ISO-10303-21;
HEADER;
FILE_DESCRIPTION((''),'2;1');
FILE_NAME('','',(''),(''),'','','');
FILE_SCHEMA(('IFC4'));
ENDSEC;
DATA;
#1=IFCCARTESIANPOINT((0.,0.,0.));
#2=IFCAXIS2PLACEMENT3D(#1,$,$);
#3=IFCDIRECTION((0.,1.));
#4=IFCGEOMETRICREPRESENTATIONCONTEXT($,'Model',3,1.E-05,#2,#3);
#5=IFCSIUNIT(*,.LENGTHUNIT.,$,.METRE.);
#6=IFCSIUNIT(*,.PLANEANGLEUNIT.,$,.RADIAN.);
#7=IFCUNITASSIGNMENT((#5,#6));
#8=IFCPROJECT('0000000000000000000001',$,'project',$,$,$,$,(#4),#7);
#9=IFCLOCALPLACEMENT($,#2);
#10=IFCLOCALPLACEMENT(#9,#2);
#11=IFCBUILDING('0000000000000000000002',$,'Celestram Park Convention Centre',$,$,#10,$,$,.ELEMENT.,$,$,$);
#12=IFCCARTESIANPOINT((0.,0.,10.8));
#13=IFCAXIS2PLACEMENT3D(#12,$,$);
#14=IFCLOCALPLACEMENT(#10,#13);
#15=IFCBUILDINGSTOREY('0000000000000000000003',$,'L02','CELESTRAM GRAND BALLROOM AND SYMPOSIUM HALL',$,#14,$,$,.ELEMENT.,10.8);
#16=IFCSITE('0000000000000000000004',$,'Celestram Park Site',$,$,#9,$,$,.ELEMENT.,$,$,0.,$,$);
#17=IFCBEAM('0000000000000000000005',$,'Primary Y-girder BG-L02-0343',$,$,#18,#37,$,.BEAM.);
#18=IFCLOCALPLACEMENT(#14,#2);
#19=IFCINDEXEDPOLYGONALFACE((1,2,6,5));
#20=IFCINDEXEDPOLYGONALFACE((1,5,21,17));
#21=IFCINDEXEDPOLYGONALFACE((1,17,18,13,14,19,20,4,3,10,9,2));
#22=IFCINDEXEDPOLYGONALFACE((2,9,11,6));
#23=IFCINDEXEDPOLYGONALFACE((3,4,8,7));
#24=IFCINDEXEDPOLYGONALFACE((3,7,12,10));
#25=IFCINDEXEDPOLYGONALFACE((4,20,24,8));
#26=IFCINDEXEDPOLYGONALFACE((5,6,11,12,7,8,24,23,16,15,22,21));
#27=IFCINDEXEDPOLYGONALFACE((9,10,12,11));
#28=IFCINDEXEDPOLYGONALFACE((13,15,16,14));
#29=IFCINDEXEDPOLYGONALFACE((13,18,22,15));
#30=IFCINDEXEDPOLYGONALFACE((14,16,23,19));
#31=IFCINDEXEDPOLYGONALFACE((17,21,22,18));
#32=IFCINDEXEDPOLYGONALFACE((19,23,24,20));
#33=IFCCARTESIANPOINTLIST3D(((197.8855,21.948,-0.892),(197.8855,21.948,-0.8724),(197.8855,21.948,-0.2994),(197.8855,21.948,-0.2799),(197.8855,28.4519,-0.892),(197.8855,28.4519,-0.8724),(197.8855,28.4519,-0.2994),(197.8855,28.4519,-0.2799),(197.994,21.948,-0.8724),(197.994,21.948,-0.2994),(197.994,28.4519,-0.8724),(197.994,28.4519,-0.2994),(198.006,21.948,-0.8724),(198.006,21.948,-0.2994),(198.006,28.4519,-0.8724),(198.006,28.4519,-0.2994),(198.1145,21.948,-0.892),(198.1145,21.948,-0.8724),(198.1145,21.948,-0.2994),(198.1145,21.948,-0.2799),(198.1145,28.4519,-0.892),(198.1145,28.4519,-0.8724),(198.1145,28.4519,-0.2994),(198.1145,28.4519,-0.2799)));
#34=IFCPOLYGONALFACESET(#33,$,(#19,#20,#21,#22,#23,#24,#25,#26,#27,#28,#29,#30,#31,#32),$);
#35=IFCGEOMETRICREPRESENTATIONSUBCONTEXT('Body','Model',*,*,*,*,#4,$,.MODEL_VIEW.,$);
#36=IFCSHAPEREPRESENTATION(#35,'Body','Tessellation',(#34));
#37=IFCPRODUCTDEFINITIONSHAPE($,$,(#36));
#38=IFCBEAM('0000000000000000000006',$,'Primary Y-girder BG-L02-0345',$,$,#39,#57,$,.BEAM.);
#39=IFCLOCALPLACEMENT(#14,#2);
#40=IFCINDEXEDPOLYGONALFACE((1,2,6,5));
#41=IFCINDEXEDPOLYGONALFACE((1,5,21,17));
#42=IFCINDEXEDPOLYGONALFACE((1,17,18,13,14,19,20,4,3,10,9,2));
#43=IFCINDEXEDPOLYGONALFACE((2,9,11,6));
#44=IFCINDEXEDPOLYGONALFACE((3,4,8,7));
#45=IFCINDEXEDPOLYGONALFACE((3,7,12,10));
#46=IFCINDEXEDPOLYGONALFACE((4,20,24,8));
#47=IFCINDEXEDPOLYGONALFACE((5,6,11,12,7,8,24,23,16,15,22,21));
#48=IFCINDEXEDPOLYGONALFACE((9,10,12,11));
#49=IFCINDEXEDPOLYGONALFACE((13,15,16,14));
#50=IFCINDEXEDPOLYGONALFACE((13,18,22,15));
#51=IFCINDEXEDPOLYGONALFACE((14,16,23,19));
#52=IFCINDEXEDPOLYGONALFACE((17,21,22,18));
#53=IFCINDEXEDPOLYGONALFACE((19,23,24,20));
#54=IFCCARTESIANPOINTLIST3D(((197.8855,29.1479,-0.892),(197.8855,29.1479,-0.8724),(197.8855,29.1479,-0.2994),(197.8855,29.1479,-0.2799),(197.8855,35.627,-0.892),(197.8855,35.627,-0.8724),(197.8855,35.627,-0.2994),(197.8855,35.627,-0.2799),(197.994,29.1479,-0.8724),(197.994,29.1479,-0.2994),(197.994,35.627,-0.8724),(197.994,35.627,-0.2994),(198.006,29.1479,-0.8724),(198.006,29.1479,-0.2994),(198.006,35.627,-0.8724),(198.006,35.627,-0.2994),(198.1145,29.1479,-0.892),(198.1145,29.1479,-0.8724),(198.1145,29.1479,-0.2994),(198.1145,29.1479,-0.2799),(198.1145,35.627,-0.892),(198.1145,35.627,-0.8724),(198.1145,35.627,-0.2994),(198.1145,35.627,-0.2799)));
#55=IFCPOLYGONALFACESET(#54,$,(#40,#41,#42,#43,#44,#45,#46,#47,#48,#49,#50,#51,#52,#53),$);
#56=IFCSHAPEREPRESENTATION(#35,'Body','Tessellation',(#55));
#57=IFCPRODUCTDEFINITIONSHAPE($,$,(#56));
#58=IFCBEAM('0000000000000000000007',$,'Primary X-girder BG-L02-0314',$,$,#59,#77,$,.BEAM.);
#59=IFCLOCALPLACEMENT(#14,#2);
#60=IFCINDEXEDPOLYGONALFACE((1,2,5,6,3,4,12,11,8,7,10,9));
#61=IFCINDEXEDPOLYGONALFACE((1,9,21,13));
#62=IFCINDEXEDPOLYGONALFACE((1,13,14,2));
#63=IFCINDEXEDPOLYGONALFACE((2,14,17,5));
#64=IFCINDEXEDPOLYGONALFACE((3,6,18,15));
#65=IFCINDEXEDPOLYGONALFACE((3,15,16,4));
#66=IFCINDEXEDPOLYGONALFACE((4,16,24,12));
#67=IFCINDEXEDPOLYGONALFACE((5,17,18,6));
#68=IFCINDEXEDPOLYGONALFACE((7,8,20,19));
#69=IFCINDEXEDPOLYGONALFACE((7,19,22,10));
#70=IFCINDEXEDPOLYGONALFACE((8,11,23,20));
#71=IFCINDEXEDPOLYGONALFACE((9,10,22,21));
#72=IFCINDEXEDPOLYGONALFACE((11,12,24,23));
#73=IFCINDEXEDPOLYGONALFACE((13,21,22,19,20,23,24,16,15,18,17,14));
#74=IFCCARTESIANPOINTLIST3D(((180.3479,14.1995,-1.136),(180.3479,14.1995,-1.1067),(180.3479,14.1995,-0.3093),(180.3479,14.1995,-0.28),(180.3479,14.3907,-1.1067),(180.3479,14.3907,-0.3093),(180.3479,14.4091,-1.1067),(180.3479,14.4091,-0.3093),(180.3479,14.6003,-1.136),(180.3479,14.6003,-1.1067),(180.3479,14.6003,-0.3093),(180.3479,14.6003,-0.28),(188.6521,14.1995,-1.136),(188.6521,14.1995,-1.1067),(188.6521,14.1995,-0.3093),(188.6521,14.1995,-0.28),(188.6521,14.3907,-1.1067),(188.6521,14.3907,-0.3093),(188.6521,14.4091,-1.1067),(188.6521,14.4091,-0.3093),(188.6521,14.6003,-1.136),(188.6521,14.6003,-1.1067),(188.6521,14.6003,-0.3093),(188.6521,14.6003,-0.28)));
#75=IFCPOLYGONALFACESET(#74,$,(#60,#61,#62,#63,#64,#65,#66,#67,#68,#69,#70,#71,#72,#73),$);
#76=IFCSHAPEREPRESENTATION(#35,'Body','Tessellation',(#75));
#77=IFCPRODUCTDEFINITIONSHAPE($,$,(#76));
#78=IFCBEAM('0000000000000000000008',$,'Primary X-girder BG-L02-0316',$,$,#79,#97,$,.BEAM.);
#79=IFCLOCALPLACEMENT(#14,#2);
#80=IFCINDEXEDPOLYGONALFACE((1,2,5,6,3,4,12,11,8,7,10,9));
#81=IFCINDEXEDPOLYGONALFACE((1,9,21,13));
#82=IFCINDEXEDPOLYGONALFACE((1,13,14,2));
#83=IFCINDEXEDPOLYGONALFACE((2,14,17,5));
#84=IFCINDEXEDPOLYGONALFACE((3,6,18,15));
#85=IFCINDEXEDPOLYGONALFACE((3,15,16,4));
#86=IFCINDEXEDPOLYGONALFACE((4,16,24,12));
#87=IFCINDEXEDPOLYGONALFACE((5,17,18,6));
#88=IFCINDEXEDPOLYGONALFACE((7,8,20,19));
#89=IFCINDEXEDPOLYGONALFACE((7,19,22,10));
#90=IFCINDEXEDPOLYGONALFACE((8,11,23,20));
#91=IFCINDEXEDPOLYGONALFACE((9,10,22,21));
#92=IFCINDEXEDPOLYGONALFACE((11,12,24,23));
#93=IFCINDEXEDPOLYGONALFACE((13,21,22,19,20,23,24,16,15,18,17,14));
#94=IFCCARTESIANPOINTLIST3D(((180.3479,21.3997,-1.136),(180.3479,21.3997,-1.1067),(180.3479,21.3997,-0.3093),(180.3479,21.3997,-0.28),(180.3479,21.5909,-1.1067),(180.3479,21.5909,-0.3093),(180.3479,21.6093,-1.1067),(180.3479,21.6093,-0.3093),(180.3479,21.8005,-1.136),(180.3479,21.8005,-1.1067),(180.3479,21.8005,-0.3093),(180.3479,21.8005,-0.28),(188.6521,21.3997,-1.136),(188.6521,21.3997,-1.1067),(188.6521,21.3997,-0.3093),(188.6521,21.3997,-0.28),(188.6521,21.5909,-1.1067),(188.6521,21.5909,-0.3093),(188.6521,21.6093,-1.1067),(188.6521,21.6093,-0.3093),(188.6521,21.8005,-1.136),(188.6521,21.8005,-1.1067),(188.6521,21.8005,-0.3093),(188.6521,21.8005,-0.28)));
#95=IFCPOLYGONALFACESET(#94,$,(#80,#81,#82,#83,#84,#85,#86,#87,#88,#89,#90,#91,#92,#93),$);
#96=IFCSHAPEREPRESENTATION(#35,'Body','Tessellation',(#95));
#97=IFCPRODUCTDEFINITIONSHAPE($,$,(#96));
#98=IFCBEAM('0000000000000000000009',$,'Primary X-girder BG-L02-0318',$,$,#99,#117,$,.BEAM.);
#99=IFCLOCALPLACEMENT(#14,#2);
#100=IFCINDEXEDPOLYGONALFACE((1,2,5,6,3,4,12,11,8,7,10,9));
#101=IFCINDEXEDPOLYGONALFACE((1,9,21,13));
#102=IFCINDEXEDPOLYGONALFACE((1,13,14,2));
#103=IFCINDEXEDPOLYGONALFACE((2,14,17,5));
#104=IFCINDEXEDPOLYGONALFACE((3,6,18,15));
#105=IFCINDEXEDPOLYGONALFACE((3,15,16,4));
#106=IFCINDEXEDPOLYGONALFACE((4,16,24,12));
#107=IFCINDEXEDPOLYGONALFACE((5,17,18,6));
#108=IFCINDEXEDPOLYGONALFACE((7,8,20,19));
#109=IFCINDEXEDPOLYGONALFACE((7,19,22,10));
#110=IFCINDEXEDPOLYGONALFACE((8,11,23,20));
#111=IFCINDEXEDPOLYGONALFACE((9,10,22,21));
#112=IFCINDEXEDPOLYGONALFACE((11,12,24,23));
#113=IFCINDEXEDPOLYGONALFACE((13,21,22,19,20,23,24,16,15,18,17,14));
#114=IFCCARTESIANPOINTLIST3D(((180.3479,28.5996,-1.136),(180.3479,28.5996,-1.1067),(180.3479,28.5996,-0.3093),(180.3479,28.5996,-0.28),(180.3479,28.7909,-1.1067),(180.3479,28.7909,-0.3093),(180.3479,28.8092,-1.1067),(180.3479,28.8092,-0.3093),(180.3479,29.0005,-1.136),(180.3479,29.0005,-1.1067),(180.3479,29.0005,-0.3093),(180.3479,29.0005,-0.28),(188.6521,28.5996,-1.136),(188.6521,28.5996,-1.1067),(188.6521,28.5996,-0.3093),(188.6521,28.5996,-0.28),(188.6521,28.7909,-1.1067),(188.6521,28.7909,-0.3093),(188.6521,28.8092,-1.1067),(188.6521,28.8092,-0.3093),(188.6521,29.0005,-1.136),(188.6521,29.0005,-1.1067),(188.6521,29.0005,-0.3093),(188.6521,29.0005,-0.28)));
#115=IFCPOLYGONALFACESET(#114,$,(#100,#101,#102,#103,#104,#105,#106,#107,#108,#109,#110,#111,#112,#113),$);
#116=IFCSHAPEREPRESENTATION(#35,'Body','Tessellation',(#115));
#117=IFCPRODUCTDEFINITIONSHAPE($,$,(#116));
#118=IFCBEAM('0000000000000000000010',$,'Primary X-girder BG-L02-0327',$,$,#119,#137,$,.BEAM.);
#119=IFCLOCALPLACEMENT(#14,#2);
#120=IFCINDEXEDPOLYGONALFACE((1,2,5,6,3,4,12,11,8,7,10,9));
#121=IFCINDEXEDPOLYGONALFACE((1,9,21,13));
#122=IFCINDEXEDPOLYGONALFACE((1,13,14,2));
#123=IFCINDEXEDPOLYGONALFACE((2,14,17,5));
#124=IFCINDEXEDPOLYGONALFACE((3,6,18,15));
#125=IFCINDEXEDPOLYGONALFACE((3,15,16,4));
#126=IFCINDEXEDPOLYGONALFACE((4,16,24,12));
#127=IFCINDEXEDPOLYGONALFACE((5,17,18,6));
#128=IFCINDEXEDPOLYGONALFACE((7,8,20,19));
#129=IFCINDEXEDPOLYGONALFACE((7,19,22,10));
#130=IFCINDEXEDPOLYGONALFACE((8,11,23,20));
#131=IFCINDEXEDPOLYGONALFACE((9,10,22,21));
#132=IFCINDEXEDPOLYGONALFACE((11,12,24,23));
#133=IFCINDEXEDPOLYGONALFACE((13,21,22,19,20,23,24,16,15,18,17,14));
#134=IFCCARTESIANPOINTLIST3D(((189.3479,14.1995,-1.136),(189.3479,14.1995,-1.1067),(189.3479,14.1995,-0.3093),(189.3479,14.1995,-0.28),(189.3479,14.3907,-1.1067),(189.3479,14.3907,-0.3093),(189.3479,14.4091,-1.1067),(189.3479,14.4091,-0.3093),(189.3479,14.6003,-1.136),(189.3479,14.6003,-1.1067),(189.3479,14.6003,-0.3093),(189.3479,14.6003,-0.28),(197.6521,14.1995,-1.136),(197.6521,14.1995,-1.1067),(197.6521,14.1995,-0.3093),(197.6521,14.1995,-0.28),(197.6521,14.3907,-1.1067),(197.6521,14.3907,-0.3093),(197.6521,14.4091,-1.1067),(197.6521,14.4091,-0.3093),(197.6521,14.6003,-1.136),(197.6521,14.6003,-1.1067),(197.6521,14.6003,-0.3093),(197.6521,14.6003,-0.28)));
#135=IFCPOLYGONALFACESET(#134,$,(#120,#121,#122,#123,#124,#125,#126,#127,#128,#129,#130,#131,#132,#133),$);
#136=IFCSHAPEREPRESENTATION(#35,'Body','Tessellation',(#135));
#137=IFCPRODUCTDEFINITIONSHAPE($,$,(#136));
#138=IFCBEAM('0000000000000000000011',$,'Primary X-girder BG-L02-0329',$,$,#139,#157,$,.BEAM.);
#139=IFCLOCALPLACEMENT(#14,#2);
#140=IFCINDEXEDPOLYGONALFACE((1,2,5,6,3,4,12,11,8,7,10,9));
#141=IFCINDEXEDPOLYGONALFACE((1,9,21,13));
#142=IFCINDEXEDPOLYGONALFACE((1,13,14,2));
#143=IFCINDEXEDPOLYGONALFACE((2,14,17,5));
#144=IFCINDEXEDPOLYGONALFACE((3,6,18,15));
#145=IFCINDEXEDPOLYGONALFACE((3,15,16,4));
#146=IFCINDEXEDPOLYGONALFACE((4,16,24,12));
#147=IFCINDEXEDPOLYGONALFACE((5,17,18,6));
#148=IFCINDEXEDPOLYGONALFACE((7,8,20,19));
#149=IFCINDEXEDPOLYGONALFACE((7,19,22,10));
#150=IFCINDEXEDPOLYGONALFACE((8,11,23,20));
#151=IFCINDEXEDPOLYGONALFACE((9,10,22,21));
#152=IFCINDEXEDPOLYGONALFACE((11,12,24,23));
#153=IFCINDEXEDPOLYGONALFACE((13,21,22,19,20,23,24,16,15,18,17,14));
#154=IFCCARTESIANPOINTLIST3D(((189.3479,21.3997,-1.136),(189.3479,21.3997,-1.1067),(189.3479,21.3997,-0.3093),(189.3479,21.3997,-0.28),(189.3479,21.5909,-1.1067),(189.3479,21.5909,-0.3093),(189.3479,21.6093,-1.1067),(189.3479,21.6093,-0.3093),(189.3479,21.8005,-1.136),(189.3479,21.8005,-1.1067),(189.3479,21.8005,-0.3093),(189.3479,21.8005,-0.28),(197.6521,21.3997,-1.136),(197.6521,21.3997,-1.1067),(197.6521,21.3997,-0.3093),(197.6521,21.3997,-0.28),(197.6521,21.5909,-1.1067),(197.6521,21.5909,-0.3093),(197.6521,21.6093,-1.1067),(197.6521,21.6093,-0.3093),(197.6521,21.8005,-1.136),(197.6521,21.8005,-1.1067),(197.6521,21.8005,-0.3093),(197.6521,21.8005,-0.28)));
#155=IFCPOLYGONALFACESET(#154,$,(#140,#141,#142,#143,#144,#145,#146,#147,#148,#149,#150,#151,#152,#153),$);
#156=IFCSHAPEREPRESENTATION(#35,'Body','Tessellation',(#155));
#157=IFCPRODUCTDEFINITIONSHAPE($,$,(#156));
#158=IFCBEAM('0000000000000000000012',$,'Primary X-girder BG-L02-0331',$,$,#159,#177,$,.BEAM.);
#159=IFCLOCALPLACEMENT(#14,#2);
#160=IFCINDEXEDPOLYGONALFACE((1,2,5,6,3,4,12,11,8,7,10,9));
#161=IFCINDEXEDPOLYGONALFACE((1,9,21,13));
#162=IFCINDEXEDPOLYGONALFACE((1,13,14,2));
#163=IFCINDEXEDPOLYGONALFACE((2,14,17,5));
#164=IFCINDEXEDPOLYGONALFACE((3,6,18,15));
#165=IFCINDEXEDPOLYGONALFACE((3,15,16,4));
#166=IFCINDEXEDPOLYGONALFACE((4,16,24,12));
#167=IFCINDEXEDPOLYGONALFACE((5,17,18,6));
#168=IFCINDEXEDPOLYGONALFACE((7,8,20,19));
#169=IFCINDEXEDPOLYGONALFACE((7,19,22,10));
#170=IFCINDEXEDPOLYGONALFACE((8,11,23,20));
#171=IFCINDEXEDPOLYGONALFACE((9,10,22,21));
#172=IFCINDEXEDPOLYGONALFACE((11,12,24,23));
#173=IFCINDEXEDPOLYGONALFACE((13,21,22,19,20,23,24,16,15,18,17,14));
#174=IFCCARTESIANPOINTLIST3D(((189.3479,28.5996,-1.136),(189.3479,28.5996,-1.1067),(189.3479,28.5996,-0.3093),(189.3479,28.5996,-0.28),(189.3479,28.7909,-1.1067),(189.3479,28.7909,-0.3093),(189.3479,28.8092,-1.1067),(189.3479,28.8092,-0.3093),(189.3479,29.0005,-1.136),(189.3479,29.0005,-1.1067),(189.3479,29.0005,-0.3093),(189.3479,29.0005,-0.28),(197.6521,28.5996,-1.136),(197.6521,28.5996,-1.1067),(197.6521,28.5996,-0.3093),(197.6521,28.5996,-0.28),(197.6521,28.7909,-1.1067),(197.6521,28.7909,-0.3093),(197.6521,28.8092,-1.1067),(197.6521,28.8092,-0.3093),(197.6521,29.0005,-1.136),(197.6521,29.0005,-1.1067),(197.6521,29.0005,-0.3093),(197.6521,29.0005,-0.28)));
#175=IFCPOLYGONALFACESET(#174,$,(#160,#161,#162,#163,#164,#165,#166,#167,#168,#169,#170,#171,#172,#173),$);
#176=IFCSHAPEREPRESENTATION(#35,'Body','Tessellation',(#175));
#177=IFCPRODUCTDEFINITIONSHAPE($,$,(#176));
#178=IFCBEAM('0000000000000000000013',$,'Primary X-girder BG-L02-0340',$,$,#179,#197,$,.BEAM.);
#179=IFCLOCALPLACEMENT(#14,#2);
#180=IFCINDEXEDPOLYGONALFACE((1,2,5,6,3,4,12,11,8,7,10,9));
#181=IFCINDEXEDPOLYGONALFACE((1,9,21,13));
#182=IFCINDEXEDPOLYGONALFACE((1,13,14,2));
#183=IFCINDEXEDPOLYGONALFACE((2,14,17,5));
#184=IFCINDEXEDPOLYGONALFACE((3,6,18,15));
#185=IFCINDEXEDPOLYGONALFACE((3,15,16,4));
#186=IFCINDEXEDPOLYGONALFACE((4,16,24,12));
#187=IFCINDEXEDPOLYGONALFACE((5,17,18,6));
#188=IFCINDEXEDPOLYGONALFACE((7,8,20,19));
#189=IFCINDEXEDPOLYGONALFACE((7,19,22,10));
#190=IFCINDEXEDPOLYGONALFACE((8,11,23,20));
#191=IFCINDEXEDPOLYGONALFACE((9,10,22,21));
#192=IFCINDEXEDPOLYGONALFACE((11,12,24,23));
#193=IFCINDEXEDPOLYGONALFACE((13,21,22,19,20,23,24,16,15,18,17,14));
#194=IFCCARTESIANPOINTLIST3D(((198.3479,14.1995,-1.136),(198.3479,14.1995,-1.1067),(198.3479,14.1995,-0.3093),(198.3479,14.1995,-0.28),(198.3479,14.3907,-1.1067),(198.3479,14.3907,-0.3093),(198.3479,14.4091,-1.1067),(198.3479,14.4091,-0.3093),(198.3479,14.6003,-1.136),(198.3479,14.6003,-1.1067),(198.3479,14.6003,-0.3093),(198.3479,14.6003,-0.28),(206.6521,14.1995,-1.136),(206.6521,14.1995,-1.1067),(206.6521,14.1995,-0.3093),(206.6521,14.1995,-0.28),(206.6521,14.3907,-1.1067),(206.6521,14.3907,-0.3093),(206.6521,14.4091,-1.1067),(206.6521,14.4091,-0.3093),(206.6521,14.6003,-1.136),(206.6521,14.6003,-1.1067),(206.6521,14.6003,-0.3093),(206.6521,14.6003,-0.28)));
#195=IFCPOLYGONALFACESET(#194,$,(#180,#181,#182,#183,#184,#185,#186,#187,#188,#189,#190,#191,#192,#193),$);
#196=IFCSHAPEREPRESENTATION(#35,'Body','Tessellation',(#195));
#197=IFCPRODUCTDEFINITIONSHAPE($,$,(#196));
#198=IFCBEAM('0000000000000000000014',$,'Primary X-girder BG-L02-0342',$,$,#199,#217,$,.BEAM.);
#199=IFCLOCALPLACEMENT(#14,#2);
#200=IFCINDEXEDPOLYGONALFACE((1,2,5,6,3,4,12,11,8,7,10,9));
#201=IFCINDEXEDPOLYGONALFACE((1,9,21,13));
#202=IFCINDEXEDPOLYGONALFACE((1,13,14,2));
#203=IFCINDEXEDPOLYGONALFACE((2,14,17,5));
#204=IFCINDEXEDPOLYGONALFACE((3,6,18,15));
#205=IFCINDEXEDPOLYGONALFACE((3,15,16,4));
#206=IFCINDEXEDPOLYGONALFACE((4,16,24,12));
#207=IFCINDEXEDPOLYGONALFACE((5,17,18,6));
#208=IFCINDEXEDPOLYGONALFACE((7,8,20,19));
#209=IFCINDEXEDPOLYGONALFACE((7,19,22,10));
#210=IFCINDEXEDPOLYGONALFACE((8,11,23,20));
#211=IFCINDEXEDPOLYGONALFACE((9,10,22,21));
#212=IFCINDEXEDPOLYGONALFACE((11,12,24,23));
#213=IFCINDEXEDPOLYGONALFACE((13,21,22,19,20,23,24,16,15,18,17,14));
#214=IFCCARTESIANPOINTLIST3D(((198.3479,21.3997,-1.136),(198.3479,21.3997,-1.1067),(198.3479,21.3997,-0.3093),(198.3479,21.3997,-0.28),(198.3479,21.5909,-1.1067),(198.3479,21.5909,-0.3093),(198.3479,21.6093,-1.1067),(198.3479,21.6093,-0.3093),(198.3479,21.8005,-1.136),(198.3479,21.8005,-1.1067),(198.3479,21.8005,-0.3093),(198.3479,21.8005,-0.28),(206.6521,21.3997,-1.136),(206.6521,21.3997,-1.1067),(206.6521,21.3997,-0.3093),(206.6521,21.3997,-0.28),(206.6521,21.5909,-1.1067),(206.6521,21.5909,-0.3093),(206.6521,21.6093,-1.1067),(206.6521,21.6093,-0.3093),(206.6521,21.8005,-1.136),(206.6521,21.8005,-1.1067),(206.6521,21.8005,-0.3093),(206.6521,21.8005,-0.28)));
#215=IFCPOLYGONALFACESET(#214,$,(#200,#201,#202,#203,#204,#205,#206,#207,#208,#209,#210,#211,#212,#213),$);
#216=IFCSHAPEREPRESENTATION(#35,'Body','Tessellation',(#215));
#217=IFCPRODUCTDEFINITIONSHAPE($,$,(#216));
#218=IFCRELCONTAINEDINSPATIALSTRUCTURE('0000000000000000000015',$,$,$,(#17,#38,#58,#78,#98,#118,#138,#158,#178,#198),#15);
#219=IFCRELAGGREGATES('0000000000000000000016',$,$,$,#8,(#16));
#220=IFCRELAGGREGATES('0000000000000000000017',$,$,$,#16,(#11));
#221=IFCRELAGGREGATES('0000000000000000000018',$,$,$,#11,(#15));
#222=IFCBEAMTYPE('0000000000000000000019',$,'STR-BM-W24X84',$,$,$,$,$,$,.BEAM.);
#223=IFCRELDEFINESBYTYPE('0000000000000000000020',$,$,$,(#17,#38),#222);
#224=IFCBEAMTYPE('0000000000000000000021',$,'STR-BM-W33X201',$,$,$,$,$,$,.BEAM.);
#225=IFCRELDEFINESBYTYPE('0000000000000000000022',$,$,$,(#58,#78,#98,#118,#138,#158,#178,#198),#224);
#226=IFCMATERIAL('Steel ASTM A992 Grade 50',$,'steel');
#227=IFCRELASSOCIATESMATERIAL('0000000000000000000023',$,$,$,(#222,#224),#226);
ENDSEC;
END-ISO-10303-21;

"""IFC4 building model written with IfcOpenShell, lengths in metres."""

from ifc_helpers import new_model, si_unit, direction, frame, origin, origin_2d, place, context, subcontext, project, spatial, i_section, extrude, material, material_profile, profile_set, type_object, element, save


model = new_model("IFC4")

# Units and contexts
model_context = context("Model", 3, precision=1e-05, world=origin(), true_north=direction((0.0, 1.0)))
body_context = subcontext(model_context, "Body", "Model", "MODEL_VIEW")
ifc_project = project(units=[si_unit("LENGTHUNIT", "METRE"), si_unit("PLANEANGLEUNIT", "RADIAN")], contexts=[model_context])

# Site, building, storey
site_placement = place(None, origin())
site = spatial("IfcSite", under=ifc_project, at=site_placement, Name="Celestram Park Site", CompositionType="ELEMENT", RefElevation=0.0)
building_placement = place(site_placement, origin())
building = spatial("IfcBuilding", under=site, at=building_placement, Name="Celestram Park Convention Centre", CompositionType="ELEMENT")
storey_placement = place(building_placement, frame((0.0, 0.0, 10.8)))
storey = spatial("IfcBuildingStorey", under=building, at=storey_placement, Name="L02", Description="CELESTRAM GRAND BALLROOM AND SYMPOSIUM HALL", CompositionType="ELEMENT", Elevation=10.8)

# Beams
ifc_material_1 = material(Name="Steel ASTM A992 Grade 50", Category="steel")
ifc_material_profile_1 = material_profile(ifc_material_1, i_section(OverallWidth=0.229, OverallDepth=0.6121, WebThickness=0.012, FlangeThickness=0.0195, at=origin_2d()), Name="W24X84")
ifc_profile_set_1 = profile_set([ifc_material_profile_1], Name="Steel ASTM A992 Grade 50")
beam_type_1 = type_object("IfcBeamType", Name="STR-BM-W24X84", PredefinedType="BEAM", material=ifc_profile_set_1)
for number, where, z_axis, x_axis, name in (
    (1, (198.0, 21.948, -0.5859), (0.0, 1.0, 0.0), (-1.0, 0.0, 0.0), "Primary Y-girder BG-L02-0343"),
):
    element("IfcBeam", number, at=place(storey_placement, frame(where, z_axis=z_axis, x_axis=x_axis)), inside=storey, type_object=beam_type_1, Name=name, PredefinedType="BEAM", context=body_context, shape_type="SweptSolid", body=[
        extrude(i_section(OverallWidth=0.229, OverallDepth=0.6121, WebThickness=0.012, FlangeThickness=0.0195, at=origin_2d()), origin(), (0.0, 0.0, 1.0), 6.5039),
    ])
beam_1_placement = place(storey_placement, frame((198.0, 29.1479, -0.5859), z_axis=(0.0, 1.0, 0.0), x_axis=(-1.0, 0.0, 0.0)))
element("IfcBeam", 2, at=beam_1_placement, inside=storey, type_object=beam_type_1, Name="Primary Y-girder BG-L02-0345", PredefinedType="BEAM", context=body_context, shape_type="SweptSolid", body=[
    extrude(i_section(OverallWidth=0.229, OverallDepth=0.6121, WebThickness=0.012, FlangeThickness=0.0195, at=origin_2d()), origin(), (0.0, 0.0, 1.0), 6.479),
])
ifc_material_profile_2 = material_profile(ifc_material_1, i_section(OverallWidth=0.4009, OverallDepth=0.856, WebThickness=0.0183, FlangeThickness=0.0293, at=origin_2d()), Name="W33X201")
ifc_profile_set_2 = profile_set([ifc_material_profile_2], Name="Steel ASTM A992 Grade 50")
beam_type_2 = type_object("IfcBeamType", Name="STR-BM-W33X201", PredefinedType="BEAM", material=ifc_profile_set_2)
for number, where, z_axis, x_axis, name in (
    (3, (180.3479, 14.3999, -0.708), (1.0, 0.0, 0.0), (0.0, 1.0, 0.0), "Primary X-girder BG-L02-0314"),
    (4, (180.3479, 21.6001, -0.708), (1.0, 0.0, 0.0), (0.0, 1.0, 0.0), "Primary X-girder BG-L02-0316"),
    (5, (180.3479, 28.8, -0.708), (1.0, 0.0, 0.0), (0.0, 1.0, 0.0), "Primary X-girder BG-L02-0318"),
    (6, (189.3479, 14.3999, -0.708), (1.0, 0.0, 0.0), (0.0, 1.0, 0.0), "Primary X-girder BG-L02-0327"),
    (7, (189.3479, 21.6001, -0.708), (1.0, 0.0, 0.0), (0.0, 1.0, 0.0), "Primary X-girder BG-L02-0329"),
    (8, (189.3479, 28.8, -0.708), (1.0, 0.0, 0.0), (0.0, 1.0, 0.0), "Primary X-girder BG-L02-0331"),
    (9, (198.3479, 14.3999, -0.708), (1.0, 0.0, 0.0), (0.0, 1.0, 0.0), "Primary X-girder BG-L02-0340"),
    (10, (198.3479, 21.6001, -0.708), (1.0, 0.0, 0.0), (0.0, 1.0, 0.0), "Primary X-girder BG-L02-0342"),
):
    element("IfcBeam", number, at=place(storey_placement, frame(where, z_axis=z_axis, x_axis=x_axis)), inside=storey, type_object=beam_type_2, Name=name, PredefinedType="BEAM", context=body_context, shape_type="SweptSolid", body=[
        extrude(i_section(OverallWidth=0.4009, OverallDepth=0.856, WebThickness=0.0183, FlangeThickness=0.0293, at=origin_2d()), origin(), (0.0, 0.0, 1.0), 8.3042),
    ])

save(model, "model.ifc")
